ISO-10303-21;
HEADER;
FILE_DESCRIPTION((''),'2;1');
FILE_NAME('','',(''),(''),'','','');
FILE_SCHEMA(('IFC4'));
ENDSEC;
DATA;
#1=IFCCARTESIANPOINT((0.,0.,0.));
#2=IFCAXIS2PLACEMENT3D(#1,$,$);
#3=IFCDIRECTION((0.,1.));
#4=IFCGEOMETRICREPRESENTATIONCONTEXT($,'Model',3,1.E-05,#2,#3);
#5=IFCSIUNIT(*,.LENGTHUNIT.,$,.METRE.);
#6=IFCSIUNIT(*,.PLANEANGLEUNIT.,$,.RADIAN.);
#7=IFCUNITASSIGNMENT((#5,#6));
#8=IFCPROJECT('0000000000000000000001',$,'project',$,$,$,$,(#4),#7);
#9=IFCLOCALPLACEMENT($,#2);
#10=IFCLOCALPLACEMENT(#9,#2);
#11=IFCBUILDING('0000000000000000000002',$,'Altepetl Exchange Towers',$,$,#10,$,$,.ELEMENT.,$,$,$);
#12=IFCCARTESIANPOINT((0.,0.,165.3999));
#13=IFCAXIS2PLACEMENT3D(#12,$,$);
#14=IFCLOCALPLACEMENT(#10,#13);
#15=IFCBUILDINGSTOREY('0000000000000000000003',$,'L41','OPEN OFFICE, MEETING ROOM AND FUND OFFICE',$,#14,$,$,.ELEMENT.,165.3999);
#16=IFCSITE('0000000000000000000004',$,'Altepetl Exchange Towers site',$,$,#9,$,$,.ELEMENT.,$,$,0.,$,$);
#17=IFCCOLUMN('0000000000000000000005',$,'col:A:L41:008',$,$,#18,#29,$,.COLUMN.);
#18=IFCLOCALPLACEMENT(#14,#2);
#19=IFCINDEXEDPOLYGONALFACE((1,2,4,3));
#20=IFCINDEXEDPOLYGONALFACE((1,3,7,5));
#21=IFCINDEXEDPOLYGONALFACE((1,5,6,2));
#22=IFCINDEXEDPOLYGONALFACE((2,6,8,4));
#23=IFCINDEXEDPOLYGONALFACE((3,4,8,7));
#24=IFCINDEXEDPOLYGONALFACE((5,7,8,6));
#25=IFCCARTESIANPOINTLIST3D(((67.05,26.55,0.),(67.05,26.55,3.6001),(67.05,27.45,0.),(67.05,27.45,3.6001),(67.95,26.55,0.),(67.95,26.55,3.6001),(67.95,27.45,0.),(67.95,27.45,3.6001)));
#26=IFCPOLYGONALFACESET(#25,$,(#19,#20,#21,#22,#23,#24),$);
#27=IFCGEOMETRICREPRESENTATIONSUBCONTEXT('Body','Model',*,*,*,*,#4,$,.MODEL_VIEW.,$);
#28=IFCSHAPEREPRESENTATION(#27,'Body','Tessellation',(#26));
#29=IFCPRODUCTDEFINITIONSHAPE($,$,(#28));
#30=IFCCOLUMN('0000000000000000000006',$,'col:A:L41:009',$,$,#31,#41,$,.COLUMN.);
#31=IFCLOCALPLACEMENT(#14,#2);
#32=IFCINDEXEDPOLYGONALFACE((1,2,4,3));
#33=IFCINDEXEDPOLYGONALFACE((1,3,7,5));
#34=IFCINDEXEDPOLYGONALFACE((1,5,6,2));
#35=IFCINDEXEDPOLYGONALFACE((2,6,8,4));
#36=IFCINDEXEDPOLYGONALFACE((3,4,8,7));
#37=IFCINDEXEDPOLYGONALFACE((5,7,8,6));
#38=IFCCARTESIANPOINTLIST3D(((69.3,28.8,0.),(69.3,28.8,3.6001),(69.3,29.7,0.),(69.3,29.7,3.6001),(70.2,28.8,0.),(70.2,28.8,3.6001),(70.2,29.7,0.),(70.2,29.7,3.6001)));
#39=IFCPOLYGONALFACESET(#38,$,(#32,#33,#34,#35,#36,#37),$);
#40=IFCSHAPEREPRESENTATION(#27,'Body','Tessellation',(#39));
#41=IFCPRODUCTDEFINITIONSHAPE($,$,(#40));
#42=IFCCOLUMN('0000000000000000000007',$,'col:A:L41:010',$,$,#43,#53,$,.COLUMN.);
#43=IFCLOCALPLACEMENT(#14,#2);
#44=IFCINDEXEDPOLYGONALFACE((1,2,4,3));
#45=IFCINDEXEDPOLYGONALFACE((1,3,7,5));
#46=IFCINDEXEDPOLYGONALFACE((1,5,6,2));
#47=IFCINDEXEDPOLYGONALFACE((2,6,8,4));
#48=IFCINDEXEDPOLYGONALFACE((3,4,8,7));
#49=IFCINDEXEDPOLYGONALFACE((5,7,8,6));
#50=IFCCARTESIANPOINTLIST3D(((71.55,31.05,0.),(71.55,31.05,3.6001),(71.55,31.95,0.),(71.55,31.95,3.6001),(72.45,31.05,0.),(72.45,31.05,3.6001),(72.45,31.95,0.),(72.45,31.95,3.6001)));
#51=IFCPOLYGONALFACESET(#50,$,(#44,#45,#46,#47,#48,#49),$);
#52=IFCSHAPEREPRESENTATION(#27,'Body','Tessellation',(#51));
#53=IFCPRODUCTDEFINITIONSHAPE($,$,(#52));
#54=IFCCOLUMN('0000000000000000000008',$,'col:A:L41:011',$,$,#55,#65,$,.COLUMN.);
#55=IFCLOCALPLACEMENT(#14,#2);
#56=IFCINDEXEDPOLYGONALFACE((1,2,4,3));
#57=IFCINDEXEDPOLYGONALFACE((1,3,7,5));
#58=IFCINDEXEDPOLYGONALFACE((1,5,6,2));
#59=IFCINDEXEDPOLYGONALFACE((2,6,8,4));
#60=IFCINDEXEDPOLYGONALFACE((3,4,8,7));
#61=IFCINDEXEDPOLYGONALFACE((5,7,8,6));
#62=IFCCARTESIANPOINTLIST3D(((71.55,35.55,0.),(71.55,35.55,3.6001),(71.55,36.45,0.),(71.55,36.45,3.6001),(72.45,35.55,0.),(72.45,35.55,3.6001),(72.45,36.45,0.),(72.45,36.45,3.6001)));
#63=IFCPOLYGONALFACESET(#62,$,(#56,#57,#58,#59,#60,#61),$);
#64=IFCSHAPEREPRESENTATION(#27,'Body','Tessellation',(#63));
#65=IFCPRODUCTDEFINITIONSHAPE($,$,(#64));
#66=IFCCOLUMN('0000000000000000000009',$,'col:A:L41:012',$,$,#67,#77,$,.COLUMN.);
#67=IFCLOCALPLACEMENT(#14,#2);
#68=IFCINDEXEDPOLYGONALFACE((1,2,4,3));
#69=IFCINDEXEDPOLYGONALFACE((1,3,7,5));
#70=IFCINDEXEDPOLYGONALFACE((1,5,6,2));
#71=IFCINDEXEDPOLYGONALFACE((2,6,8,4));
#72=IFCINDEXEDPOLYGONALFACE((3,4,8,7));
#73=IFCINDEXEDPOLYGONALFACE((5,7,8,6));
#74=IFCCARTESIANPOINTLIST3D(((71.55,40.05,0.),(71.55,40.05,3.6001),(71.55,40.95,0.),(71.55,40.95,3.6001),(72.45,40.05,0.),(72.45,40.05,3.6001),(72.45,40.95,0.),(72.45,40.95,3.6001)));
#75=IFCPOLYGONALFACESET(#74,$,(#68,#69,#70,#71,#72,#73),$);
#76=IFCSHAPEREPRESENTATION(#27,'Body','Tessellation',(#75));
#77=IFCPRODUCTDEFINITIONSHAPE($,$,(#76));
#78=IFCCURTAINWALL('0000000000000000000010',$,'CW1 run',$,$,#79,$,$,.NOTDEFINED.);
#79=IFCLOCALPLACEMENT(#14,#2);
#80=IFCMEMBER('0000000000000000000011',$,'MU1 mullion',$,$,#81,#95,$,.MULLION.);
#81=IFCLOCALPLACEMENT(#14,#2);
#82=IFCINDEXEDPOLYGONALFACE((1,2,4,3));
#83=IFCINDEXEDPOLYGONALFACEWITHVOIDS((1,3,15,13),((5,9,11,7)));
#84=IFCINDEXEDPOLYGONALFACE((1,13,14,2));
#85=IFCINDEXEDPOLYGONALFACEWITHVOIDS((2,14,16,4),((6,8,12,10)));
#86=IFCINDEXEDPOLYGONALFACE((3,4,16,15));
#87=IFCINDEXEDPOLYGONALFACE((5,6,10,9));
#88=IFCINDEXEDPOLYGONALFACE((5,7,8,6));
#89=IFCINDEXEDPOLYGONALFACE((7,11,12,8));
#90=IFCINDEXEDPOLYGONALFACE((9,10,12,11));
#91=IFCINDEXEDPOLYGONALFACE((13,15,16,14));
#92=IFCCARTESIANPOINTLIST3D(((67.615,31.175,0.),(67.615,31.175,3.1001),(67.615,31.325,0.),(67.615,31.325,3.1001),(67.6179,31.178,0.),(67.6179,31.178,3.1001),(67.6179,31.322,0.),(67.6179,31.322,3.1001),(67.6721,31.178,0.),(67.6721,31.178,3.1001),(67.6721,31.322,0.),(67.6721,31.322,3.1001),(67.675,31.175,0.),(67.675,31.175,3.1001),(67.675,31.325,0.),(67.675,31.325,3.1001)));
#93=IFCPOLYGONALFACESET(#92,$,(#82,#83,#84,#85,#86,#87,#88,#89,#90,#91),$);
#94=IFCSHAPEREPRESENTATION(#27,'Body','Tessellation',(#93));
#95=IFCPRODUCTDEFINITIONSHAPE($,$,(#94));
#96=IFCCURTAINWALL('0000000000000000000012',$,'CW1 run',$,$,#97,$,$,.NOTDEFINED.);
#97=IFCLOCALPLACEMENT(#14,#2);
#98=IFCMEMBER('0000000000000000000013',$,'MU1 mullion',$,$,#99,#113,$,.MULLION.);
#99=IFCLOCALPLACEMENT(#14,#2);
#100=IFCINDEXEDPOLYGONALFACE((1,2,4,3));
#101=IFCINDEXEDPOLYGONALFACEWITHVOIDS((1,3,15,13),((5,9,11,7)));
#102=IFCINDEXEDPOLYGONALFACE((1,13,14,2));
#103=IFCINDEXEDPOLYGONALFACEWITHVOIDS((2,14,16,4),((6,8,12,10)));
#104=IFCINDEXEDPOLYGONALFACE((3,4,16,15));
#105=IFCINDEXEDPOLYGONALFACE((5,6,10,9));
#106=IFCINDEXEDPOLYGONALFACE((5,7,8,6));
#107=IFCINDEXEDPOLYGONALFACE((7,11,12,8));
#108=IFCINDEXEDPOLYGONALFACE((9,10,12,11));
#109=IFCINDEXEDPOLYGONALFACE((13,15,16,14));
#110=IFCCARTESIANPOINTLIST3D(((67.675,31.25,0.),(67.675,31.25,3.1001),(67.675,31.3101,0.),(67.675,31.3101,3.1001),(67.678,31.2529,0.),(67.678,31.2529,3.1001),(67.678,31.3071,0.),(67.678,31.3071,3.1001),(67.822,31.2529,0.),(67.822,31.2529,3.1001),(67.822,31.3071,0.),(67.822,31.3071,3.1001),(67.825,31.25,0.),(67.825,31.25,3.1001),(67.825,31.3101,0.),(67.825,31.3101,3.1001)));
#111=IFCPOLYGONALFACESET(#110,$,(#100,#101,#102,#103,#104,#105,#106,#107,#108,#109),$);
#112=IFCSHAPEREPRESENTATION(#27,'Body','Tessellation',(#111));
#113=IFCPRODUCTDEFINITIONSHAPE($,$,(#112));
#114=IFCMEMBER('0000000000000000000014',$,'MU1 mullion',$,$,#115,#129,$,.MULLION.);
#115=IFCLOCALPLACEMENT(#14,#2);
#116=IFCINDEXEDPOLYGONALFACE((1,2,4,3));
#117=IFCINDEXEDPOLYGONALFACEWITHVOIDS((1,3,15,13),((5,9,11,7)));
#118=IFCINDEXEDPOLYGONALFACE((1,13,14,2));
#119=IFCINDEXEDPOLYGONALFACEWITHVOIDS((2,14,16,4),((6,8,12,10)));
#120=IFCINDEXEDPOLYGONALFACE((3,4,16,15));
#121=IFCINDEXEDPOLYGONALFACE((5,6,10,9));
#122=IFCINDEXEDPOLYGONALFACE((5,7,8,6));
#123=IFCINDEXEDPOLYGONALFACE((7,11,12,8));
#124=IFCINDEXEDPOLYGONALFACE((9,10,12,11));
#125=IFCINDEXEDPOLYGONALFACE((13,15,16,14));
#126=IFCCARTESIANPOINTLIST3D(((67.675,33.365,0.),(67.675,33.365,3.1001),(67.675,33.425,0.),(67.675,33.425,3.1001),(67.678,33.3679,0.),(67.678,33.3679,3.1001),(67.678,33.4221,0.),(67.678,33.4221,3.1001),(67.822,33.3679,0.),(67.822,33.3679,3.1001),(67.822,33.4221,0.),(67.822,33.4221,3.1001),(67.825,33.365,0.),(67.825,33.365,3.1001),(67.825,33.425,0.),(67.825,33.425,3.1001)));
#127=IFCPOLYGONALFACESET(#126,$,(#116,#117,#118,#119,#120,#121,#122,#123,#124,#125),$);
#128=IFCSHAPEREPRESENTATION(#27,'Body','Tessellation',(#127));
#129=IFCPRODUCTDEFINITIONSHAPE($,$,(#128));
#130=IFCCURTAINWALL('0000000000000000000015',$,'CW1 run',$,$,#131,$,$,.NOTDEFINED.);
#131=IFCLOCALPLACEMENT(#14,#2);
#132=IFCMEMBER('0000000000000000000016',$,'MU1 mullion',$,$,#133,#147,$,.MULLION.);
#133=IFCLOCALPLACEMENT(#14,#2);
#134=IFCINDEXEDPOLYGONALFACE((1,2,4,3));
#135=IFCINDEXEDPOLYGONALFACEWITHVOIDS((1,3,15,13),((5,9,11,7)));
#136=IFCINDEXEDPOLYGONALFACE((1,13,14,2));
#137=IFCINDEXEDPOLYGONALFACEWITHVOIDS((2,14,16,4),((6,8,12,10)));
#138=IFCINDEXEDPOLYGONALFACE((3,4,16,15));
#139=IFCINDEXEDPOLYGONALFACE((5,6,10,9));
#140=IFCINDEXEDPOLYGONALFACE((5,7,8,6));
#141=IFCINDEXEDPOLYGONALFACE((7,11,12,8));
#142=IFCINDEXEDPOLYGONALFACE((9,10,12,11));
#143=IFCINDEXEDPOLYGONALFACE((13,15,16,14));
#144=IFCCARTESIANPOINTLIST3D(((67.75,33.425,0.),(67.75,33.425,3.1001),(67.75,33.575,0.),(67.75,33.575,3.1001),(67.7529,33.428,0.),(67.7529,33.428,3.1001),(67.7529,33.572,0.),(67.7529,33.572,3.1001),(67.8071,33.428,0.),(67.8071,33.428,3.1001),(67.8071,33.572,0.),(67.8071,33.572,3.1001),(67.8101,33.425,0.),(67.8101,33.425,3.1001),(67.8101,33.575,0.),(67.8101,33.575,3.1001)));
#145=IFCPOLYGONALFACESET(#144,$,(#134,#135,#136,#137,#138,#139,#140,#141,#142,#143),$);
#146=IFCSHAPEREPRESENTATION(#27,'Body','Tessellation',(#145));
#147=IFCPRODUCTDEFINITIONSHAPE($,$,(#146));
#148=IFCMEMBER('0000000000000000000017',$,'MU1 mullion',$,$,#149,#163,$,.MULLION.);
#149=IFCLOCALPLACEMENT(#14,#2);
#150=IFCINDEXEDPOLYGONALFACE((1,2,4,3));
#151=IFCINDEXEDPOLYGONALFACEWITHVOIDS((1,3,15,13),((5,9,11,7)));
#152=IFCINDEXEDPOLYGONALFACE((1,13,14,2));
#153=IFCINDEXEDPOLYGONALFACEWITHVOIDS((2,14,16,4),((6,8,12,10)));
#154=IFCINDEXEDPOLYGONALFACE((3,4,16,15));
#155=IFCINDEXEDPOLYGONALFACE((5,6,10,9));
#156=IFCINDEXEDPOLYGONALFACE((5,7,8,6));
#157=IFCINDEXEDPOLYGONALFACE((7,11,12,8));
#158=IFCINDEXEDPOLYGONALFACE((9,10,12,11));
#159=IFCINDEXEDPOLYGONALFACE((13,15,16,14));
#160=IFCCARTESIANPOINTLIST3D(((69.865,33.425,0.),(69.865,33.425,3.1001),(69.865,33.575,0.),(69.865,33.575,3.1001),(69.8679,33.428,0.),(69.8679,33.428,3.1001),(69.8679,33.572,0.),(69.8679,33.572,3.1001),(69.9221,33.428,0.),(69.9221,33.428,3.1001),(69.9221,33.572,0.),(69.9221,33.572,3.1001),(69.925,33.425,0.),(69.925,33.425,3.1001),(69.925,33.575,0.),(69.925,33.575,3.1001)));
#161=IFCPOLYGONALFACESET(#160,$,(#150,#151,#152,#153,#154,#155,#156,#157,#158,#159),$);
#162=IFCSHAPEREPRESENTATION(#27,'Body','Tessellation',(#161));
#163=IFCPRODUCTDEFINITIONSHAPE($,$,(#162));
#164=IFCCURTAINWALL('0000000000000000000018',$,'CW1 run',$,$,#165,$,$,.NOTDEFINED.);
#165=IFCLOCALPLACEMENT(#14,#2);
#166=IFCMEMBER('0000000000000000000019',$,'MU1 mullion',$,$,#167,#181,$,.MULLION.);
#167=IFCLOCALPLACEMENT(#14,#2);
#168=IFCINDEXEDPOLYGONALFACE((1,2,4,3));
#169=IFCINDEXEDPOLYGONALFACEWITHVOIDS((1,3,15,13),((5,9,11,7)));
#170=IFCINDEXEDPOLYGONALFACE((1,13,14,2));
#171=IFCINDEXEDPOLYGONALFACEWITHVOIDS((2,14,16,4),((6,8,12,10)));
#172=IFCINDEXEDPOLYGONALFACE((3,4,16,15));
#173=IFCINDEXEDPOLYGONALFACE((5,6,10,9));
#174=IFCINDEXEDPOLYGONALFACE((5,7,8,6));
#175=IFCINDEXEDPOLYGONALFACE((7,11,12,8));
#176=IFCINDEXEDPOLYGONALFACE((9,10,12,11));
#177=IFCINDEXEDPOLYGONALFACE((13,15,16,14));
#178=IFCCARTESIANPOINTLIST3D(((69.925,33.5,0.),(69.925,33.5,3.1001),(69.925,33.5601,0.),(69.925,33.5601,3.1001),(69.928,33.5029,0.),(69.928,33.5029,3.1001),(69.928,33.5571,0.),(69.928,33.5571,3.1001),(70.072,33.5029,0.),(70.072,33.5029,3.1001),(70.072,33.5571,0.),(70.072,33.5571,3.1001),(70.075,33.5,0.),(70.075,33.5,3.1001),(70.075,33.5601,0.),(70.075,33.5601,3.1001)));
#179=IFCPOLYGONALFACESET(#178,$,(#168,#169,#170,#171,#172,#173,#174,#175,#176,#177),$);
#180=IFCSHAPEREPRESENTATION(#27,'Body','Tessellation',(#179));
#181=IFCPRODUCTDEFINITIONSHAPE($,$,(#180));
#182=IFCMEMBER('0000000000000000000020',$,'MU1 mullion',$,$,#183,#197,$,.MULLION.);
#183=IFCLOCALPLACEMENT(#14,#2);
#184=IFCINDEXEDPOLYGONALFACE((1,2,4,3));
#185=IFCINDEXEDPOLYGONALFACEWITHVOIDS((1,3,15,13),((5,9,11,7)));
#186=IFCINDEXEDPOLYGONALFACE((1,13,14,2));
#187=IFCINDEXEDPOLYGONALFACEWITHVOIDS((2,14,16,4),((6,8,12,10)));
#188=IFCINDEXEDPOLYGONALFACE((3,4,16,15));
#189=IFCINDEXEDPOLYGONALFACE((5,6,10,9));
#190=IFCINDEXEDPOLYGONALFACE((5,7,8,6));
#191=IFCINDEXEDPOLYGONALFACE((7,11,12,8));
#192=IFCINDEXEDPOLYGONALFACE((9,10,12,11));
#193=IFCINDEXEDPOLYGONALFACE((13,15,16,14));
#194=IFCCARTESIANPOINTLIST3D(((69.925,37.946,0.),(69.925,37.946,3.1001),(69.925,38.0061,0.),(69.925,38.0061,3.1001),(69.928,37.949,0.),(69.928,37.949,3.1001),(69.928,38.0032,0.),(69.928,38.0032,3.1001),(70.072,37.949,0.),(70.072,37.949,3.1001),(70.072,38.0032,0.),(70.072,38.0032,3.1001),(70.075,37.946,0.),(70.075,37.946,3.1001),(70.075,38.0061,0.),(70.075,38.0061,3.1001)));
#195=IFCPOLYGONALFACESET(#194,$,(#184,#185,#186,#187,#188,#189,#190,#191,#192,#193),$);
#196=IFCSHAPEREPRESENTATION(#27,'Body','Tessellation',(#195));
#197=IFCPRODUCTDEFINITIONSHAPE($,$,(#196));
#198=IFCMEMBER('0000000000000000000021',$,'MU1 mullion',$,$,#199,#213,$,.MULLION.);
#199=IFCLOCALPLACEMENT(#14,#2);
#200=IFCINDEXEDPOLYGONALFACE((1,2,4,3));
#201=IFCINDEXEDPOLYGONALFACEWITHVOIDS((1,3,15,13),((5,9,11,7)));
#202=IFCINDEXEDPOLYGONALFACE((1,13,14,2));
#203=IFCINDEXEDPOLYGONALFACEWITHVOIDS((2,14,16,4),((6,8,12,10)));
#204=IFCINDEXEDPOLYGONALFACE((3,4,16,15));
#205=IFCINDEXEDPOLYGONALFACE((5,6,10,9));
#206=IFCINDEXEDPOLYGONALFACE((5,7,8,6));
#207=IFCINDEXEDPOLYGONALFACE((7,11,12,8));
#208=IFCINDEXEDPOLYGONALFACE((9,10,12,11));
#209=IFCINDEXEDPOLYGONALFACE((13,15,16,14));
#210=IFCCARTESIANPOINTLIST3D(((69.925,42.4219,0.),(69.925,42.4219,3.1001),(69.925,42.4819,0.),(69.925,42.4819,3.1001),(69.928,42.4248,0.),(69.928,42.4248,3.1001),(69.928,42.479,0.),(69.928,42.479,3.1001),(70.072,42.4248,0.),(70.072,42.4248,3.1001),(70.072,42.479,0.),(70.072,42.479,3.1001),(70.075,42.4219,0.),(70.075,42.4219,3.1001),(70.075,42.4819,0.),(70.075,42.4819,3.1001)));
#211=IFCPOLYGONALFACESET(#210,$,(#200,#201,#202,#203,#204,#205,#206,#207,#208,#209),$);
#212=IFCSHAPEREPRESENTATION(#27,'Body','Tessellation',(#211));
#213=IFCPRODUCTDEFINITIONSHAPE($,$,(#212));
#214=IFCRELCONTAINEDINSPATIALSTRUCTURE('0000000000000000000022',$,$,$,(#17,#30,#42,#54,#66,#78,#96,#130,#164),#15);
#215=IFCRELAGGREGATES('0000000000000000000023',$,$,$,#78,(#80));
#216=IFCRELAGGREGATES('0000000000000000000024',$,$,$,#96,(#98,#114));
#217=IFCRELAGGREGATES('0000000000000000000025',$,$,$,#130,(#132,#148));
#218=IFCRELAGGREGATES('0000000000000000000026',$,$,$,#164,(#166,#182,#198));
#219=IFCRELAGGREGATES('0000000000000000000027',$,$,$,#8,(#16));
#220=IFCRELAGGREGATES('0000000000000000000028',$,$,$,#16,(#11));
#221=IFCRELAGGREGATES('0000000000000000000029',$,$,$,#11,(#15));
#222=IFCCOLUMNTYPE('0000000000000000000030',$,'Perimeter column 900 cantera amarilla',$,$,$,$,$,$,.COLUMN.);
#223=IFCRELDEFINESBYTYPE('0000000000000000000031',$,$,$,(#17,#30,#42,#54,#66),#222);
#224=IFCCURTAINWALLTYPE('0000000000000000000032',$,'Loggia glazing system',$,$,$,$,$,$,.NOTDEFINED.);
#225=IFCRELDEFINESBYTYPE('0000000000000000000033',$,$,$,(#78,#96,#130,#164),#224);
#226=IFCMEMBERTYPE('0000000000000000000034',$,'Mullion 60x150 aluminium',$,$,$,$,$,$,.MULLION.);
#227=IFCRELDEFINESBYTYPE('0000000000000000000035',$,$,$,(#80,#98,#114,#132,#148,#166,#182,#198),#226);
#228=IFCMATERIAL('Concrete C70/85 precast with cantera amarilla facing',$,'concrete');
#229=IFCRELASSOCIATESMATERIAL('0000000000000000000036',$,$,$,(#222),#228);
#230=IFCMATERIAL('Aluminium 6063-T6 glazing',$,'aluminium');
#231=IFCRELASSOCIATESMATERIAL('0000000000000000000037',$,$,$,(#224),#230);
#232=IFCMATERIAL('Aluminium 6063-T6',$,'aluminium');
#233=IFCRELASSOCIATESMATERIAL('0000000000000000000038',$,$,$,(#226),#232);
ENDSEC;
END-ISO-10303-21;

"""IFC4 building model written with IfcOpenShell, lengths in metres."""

from ifc_helpers import new_model, si_unit, direction, frame, origin, origin_2d, place, context, subcontext, project, spatial, rectangle, hollow_rectangle, extrude, material, material_profile, profile_set, type_object, element, aggregate, save


model = new_model("IFC4")

# Units and contexts
model_context = context("Model", 3, precision=1e-05, world=origin(), true_north=direction((0.0, 1.0)))
body_context = subcontext(model_context, "Body", "Model", "MODEL_VIEW")
ifc_project = project(units=[si_unit("LENGTHUNIT", "METRE"), si_unit("PLANEANGLEUNIT", "RADIAN")], contexts=[model_context])

# Site, building, storey
site_placement = place(None, origin())
site = spatial("IfcSite", under=ifc_project, at=site_placement, Name="Altepetl Exchange Towers site", CompositionType="ELEMENT", RefElevation=0.0)
building_placement = place(site_placement, origin())
building = spatial("IfcBuilding", under=site, at=building_placement, Name="Altepetl Exchange Towers", CompositionType="ELEMENT")
storey_placement = place(building_placement, frame((0.0, 0.0, 165.3999)))
storey = spatial("IfcBuildingStorey", under=building, at=storey_placement, Name="L41", Description="OPEN OFFICE, MEETING ROOM AND FUND OFFICE", CompositionType="ELEMENT", Elevation=165.3999)

# Columns
ifc_material_1 = material(Name="Concrete C70/85 precast with cantera amarilla facing", Category="concrete")
ifc_material_profile_1 = material_profile(ifc_material_1, rectangle(XDim=0.8999, YDim=0.8999, at=origin_2d()), Name="900 x 900")
ifc_profile_set_1 = profile_set([ifc_material_profile_1], Name="Concrete C70/85 precast with cantera amarilla facing")
column_type = type_object("IfcColumnType", Name="Perimeter column 900 cantera amarilla", PredefinedType="COLUMN", material=ifc_profile_set_1)
for number, where, name in (
    (1, (67.5, 27.0, 0.0), "col:A:L41:008"),
    (2, (69.75, 29.25, 0.0), "col:A:L41:009"),
    (3, (72.0, 31.5, 0.0), "col:A:L41:010"),
    (4, (72.0, 36.0, 0.0), "col:A:L41:011"),
    (5, (72.0, 40.5, 0.0), "col:A:L41:012"),
):
    element("IfcColumn", number, at=place(storey_placement, frame(where)), inside=storey, type_object=column_type, Name=name, PredefinedType="COLUMN", context=body_context, shape_type="SweptSolid", body=[
        extrude(rectangle(XDim=0.8999, YDim=0.8999, at=origin_2d()), origin(), (0.0, 0.0, 1.0), 3.6001),
    ])

# Curtain wall, member
ifc_material_2 = material(Name="Aluminium 6063-T6 glazing", Category="aluminium")
curtain_wall_type = type_object("IfcCurtainWallType", Name="Loggia glazing system", PredefinedType="NOTDEFINED", material=ifc_material_2)
curtain_wall_1_placement = place(storey_placement, origin())
curtain_wall_1 = element("IfcCurtainWall", 6, at=curtain_wall_1_placement, inside=storey, type_object=curtain_wall_type, Name="CW1 run", PredefinedType="NOTDEFINED")
ifc_material_3 = material(Name="Aluminium 6063-T6", Category="aluminium")
ifc_material_profile_2 = material_profile(ifc_material_3, hollow_rectangle(XDim=0.0601, YDim=0.1499, WallThickness=0.0029, at=origin_2d()), Name="Mullion 60x150 aluminium")
ifc_profile_set_2 = profile_set([ifc_material_profile_2], Name="Aluminium 6063-T6")
member_type = type_object("IfcMemberType", Name="Mullion 60x150 aluminium", PredefinedType="MULLION", material=ifc_profile_set_2)
member_1_placement = place(storey_placement, frame((67.645, 31.25, 0.0)))
member_1 = element("IfcMember", 7, at=member_1_placement, type_object=member_type, Name="MU1 mullion", PredefinedType="MULLION", context=body_context, shape_type="SweptSolid", body=[
    extrude(hollow_rectangle(XDim=0.0601, YDim=0.1499, WallThickness=0.0029, at=origin_2d()), origin(), (0.0, 0.0, 1.0), 3.1001),
])

# Curtain walls, members
curtain_wall_2_placement = place(storey_placement, origin())
curtain_wall_2 = element("IfcCurtainWall", 8, at=curtain_wall_2_placement, inside=storey, type_object=curtain_wall_type, Name="CW1 run", PredefinedType="NOTDEFINED")
member_2_placement = place(storey_placement, frame((67.75, 31.28, 0.0), z_axis=(0.0, 0.0, 1.0), x_axis=(0.0, 1.0, 0.0)))
member_2 = element("IfcMember", 9, at=member_2_placement, type_object=member_type, Name="MU1 mullion", PredefinedType="MULLION", context=body_context, shape_type="SweptSolid", body=[
    extrude(hollow_rectangle(XDim=0.0601, YDim=0.1499, WallThickness=0.0029, at=origin_2d()), origin(), (0.0, 0.0, 1.0), 3.1001),
])
member_3_placement = place(storey_placement, frame((67.75, 33.395, 0.0), z_axis=(0.0, 0.0, 1.0), x_axis=(0.0, 1.0, 0.0)))
member_3 = element("IfcMember", 10, at=member_3_placement, type_object=member_type, Name="MU1 mullion", PredefinedType="MULLION", context=body_context, shape_type="SweptSolid", body=[
    extrude(hollow_rectangle(XDim=0.0601, YDim=0.1499, WallThickness=0.0029, at=origin_2d()), origin(), (0.0, 0.0, 1.0), 3.1001),
])
curtain_wall_3_placement = place(storey_placement, origin())
curtain_wall_3 = element("IfcCurtainWall", 11, at=curtain_wall_3_placement, inside=storey, type_object=curtain_wall_type, Name="CW1 run", PredefinedType="NOTDEFINED")
member_4_placement = place(storey_placement, frame((67.78, 33.5, 0.0)))
member_4 = element("IfcMember", 12, at=member_4_placement, type_object=member_type, Name="MU1 mullion", PredefinedType="MULLION", context=body_context, shape_type="SweptSolid", body=[
    extrude(hollow_rectangle(XDim=0.0601, YDim=0.1499, WallThickness=0.0029, at=origin_2d()), origin(), (0.0, 0.0, 1.0), 3.1001),
])
member_5_placement = place(storey_placement, frame((69.895, 33.5, 0.0)))
member_5 = element("IfcMember", 13, at=member_5_placement, type_object=member_type, Name="MU1 mullion", PredefinedType="MULLION", context=body_context, shape_type="SweptSolid", body=[
    extrude(hollow_rectangle(XDim=0.0601, YDim=0.1499, WallThickness=0.0029, at=origin_2d()), origin(), (0.0, 0.0, 1.0), 3.1001),
])
curtain_wall_4_placement = place(storey_placement, origin())
curtain_wall_4 = element("IfcCurtainWall", 14, at=curtain_wall_4_placement, inside=storey, type_object=curtain_wall_type, Name="CW1 run", PredefinedType="NOTDEFINED")
member_6_placement = place(storey_placement, frame((70.0, 33.53, 0.0), z_axis=(0.0, 0.0, 1.0), x_axis=(0.0, 1.0, 0.0)))
member_6 = element("IfcMember", 15, at=member_6_placement, type_object=member_type, Name="MU1 mullion", PredefinedType="MULLION", context=body_context, shape_type="SweptSolid", body=[
    extrude(hollow_rectangle(XDim=0.0601, YDim=0.1499, WallThickness=0.0029, at=origin_2d()), origin(), (0.0, 0.0, 1.0), 3.1001),
])
member_7_placement = place(storey_placement, frame((70.0, 37.9761, 0.0), z_axis=(0.0, 0.0, 1.0), x_axis=(0.0, 1.0, 0.0)))
member_7 = element("IfcMember", 16, at=member_7_placement, type_object=member_type, Name="MU1 mullion", PredefinedType="MULLION", context=body_context, shape_type="SweptSolid", body=[
    extrude(hollow_rectangle(XDim=0.0601, YDim=0.1499, WallThickness=0.0029, at=origin_2d()), origin(), (0.0, 0.0, 1.0), 3.1001),
])
member_8_placement = place(storey_placement, frame((70.0, 42.4519, 0.0), z_axis=(0.0, 0.0, 1.0), x_axis=(0.0, 1.0, 0.0)))
member_8 = element("IfcMember", 17, at=member_8_placement, type_object=member_type, Name="MU1 mullion", PredefinedType="MULLION", context=body_context, shape_type="SweptSolid", body=[
    extrude(hollow_rectangle(XDim=0.0601, YDim=0.1499, WallThickness=0.0029, at=origin_2d()), origin(), (0.0, 0.0, 1.0), 3.1001),
])

aggregate(curtain_wall_1, [member_1])
aggregate(curtain_wall_2, [member_2, member_3])
aggregate(curtain_wall_3, [member_4, member_5])
aggregate(curtain_wall_4, [member_6, member_7, member_8])

save(model, "model.ifc")
